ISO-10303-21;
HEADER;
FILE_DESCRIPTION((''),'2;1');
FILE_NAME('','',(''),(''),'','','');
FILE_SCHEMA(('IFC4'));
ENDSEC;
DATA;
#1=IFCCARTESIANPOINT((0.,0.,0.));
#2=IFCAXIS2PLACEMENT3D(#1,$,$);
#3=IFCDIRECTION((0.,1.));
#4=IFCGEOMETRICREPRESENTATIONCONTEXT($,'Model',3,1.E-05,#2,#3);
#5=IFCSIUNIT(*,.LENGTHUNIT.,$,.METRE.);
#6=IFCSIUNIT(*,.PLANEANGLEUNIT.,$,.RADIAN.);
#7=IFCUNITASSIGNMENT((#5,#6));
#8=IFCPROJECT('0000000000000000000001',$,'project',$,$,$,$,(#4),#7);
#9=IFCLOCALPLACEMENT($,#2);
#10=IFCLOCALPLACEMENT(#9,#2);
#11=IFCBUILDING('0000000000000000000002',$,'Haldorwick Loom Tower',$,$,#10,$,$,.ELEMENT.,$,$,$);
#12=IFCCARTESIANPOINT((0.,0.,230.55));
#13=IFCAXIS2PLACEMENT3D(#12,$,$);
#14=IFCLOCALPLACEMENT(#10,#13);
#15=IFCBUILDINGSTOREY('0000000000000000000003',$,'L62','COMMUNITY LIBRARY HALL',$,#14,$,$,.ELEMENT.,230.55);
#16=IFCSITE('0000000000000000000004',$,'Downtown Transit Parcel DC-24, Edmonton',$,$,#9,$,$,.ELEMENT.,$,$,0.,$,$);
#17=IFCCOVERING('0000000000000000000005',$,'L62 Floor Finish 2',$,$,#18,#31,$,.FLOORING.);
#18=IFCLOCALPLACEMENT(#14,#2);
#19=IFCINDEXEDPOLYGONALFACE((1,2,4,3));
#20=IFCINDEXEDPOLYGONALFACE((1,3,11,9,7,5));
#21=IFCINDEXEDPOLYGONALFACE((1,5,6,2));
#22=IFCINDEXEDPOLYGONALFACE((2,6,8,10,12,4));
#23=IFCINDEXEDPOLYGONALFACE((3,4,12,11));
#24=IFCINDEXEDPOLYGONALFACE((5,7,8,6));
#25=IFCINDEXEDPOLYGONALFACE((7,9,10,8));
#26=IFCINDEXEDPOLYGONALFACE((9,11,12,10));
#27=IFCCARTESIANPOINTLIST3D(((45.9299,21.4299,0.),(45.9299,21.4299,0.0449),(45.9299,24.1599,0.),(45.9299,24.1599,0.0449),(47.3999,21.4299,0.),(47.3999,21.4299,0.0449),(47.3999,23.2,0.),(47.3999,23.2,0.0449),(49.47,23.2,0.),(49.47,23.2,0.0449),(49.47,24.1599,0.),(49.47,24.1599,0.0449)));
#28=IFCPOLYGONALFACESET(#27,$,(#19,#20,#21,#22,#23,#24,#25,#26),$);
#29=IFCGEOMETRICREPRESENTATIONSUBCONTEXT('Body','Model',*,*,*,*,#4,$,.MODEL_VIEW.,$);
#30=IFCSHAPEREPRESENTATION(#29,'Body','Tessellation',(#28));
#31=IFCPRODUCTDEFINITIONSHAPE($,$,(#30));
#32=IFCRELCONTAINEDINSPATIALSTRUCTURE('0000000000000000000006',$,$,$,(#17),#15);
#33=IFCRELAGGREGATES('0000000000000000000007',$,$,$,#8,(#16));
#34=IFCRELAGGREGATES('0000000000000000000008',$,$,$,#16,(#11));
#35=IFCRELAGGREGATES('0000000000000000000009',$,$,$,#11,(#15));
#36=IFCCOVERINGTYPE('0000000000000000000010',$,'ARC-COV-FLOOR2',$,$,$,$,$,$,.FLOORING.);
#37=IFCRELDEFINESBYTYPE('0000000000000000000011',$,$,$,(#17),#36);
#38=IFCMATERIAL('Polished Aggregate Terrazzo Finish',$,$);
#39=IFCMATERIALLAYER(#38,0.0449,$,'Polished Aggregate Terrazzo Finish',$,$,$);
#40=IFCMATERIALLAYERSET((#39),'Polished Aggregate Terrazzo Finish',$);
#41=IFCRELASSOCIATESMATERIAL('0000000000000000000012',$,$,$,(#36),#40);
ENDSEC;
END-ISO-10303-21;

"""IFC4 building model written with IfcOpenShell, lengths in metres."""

from ifc_helpers import new_model, si_unit, direction, frame, origin, place, context, subcontext, project, spatial, polyline, outline, extrude, material, layer, layer_set, type_object, element, save


model = new_model("IFC4")

# Units and contexts
model_context = context("Model", 3, precision=1e-05, world=origin(), true_north=direction((0.0, 1.0)))
body_context = subcontext(model_context, "Body", "Model", "MODEL_VIEW")
ifc_project = project(units=[si_unit("LENGTHUNIT", "METRE"), si_unit("PLANEANGLEUNIT", "RADIAN")], contexts=[model_context])

# Site, building, storey
site_placement = place(None, origin())
site = spatial("IfcSite", under=ifc_project, at=site_placement, Name="Downtown Transit Parcel DC-24, Edmonton", CompositionType="ELEMENT", RefElevation=0.0)
building_placement = place(site_placement, origin())
building = spatial("IfcBuilding", under=site, at=building_placement, Name="Haldorwick Loom Tower", CompositionType="ELEMENT")
storey_placement = place(building_placement, frame((0.0, 0.0, 230.55)))
storey = spatial("IfcBuildingStorey", under=building, at=storey_placement, Name="L62", Description="COMMUNITY LIBRARY HALL", CompositionType="ELEMENT", Elevation=230.55)

# Covering
ifc_material_1 = material(Name="Polished Aggregate Terrazzo Finish")
ifc_layer_1 = layer(ifc_material_1, 0.0449, Name="Polished Aggregate Terrazzo Finish")
ifc_layer_set_1 = layer_set([ifc_layer_1], Name="Polished Aggregate Terrazzo Finish")
covering_type_1 = type_object("IfcCoveringType", Name="ARC-COV-FLOOR2", PredefinedType="FLOORING", material=ifc_layer_set_1)
covering_1_placement = place(storey_placement, origin())
element("IfcCovering", 1, at=covering_1_placement, inside=storey, type_object=covering_type_1, Name="L62 Floor Finish 2", PredefinedType="FLOORING", context=body_context, shape_type="SweptSolid", body=[
    extrude(outline(polyline([(45.9299, 24.1599), (45.9299, 21.4299), (47.3999, 21.4299), (47.3999, 23.2), (49.47, 23.2), (49.47, 24.1599), (45.9299, 24.1599)])), origin(), (0.0, 0.0, 1.0), 0.0449),
])

save(model, "model.ifc")
